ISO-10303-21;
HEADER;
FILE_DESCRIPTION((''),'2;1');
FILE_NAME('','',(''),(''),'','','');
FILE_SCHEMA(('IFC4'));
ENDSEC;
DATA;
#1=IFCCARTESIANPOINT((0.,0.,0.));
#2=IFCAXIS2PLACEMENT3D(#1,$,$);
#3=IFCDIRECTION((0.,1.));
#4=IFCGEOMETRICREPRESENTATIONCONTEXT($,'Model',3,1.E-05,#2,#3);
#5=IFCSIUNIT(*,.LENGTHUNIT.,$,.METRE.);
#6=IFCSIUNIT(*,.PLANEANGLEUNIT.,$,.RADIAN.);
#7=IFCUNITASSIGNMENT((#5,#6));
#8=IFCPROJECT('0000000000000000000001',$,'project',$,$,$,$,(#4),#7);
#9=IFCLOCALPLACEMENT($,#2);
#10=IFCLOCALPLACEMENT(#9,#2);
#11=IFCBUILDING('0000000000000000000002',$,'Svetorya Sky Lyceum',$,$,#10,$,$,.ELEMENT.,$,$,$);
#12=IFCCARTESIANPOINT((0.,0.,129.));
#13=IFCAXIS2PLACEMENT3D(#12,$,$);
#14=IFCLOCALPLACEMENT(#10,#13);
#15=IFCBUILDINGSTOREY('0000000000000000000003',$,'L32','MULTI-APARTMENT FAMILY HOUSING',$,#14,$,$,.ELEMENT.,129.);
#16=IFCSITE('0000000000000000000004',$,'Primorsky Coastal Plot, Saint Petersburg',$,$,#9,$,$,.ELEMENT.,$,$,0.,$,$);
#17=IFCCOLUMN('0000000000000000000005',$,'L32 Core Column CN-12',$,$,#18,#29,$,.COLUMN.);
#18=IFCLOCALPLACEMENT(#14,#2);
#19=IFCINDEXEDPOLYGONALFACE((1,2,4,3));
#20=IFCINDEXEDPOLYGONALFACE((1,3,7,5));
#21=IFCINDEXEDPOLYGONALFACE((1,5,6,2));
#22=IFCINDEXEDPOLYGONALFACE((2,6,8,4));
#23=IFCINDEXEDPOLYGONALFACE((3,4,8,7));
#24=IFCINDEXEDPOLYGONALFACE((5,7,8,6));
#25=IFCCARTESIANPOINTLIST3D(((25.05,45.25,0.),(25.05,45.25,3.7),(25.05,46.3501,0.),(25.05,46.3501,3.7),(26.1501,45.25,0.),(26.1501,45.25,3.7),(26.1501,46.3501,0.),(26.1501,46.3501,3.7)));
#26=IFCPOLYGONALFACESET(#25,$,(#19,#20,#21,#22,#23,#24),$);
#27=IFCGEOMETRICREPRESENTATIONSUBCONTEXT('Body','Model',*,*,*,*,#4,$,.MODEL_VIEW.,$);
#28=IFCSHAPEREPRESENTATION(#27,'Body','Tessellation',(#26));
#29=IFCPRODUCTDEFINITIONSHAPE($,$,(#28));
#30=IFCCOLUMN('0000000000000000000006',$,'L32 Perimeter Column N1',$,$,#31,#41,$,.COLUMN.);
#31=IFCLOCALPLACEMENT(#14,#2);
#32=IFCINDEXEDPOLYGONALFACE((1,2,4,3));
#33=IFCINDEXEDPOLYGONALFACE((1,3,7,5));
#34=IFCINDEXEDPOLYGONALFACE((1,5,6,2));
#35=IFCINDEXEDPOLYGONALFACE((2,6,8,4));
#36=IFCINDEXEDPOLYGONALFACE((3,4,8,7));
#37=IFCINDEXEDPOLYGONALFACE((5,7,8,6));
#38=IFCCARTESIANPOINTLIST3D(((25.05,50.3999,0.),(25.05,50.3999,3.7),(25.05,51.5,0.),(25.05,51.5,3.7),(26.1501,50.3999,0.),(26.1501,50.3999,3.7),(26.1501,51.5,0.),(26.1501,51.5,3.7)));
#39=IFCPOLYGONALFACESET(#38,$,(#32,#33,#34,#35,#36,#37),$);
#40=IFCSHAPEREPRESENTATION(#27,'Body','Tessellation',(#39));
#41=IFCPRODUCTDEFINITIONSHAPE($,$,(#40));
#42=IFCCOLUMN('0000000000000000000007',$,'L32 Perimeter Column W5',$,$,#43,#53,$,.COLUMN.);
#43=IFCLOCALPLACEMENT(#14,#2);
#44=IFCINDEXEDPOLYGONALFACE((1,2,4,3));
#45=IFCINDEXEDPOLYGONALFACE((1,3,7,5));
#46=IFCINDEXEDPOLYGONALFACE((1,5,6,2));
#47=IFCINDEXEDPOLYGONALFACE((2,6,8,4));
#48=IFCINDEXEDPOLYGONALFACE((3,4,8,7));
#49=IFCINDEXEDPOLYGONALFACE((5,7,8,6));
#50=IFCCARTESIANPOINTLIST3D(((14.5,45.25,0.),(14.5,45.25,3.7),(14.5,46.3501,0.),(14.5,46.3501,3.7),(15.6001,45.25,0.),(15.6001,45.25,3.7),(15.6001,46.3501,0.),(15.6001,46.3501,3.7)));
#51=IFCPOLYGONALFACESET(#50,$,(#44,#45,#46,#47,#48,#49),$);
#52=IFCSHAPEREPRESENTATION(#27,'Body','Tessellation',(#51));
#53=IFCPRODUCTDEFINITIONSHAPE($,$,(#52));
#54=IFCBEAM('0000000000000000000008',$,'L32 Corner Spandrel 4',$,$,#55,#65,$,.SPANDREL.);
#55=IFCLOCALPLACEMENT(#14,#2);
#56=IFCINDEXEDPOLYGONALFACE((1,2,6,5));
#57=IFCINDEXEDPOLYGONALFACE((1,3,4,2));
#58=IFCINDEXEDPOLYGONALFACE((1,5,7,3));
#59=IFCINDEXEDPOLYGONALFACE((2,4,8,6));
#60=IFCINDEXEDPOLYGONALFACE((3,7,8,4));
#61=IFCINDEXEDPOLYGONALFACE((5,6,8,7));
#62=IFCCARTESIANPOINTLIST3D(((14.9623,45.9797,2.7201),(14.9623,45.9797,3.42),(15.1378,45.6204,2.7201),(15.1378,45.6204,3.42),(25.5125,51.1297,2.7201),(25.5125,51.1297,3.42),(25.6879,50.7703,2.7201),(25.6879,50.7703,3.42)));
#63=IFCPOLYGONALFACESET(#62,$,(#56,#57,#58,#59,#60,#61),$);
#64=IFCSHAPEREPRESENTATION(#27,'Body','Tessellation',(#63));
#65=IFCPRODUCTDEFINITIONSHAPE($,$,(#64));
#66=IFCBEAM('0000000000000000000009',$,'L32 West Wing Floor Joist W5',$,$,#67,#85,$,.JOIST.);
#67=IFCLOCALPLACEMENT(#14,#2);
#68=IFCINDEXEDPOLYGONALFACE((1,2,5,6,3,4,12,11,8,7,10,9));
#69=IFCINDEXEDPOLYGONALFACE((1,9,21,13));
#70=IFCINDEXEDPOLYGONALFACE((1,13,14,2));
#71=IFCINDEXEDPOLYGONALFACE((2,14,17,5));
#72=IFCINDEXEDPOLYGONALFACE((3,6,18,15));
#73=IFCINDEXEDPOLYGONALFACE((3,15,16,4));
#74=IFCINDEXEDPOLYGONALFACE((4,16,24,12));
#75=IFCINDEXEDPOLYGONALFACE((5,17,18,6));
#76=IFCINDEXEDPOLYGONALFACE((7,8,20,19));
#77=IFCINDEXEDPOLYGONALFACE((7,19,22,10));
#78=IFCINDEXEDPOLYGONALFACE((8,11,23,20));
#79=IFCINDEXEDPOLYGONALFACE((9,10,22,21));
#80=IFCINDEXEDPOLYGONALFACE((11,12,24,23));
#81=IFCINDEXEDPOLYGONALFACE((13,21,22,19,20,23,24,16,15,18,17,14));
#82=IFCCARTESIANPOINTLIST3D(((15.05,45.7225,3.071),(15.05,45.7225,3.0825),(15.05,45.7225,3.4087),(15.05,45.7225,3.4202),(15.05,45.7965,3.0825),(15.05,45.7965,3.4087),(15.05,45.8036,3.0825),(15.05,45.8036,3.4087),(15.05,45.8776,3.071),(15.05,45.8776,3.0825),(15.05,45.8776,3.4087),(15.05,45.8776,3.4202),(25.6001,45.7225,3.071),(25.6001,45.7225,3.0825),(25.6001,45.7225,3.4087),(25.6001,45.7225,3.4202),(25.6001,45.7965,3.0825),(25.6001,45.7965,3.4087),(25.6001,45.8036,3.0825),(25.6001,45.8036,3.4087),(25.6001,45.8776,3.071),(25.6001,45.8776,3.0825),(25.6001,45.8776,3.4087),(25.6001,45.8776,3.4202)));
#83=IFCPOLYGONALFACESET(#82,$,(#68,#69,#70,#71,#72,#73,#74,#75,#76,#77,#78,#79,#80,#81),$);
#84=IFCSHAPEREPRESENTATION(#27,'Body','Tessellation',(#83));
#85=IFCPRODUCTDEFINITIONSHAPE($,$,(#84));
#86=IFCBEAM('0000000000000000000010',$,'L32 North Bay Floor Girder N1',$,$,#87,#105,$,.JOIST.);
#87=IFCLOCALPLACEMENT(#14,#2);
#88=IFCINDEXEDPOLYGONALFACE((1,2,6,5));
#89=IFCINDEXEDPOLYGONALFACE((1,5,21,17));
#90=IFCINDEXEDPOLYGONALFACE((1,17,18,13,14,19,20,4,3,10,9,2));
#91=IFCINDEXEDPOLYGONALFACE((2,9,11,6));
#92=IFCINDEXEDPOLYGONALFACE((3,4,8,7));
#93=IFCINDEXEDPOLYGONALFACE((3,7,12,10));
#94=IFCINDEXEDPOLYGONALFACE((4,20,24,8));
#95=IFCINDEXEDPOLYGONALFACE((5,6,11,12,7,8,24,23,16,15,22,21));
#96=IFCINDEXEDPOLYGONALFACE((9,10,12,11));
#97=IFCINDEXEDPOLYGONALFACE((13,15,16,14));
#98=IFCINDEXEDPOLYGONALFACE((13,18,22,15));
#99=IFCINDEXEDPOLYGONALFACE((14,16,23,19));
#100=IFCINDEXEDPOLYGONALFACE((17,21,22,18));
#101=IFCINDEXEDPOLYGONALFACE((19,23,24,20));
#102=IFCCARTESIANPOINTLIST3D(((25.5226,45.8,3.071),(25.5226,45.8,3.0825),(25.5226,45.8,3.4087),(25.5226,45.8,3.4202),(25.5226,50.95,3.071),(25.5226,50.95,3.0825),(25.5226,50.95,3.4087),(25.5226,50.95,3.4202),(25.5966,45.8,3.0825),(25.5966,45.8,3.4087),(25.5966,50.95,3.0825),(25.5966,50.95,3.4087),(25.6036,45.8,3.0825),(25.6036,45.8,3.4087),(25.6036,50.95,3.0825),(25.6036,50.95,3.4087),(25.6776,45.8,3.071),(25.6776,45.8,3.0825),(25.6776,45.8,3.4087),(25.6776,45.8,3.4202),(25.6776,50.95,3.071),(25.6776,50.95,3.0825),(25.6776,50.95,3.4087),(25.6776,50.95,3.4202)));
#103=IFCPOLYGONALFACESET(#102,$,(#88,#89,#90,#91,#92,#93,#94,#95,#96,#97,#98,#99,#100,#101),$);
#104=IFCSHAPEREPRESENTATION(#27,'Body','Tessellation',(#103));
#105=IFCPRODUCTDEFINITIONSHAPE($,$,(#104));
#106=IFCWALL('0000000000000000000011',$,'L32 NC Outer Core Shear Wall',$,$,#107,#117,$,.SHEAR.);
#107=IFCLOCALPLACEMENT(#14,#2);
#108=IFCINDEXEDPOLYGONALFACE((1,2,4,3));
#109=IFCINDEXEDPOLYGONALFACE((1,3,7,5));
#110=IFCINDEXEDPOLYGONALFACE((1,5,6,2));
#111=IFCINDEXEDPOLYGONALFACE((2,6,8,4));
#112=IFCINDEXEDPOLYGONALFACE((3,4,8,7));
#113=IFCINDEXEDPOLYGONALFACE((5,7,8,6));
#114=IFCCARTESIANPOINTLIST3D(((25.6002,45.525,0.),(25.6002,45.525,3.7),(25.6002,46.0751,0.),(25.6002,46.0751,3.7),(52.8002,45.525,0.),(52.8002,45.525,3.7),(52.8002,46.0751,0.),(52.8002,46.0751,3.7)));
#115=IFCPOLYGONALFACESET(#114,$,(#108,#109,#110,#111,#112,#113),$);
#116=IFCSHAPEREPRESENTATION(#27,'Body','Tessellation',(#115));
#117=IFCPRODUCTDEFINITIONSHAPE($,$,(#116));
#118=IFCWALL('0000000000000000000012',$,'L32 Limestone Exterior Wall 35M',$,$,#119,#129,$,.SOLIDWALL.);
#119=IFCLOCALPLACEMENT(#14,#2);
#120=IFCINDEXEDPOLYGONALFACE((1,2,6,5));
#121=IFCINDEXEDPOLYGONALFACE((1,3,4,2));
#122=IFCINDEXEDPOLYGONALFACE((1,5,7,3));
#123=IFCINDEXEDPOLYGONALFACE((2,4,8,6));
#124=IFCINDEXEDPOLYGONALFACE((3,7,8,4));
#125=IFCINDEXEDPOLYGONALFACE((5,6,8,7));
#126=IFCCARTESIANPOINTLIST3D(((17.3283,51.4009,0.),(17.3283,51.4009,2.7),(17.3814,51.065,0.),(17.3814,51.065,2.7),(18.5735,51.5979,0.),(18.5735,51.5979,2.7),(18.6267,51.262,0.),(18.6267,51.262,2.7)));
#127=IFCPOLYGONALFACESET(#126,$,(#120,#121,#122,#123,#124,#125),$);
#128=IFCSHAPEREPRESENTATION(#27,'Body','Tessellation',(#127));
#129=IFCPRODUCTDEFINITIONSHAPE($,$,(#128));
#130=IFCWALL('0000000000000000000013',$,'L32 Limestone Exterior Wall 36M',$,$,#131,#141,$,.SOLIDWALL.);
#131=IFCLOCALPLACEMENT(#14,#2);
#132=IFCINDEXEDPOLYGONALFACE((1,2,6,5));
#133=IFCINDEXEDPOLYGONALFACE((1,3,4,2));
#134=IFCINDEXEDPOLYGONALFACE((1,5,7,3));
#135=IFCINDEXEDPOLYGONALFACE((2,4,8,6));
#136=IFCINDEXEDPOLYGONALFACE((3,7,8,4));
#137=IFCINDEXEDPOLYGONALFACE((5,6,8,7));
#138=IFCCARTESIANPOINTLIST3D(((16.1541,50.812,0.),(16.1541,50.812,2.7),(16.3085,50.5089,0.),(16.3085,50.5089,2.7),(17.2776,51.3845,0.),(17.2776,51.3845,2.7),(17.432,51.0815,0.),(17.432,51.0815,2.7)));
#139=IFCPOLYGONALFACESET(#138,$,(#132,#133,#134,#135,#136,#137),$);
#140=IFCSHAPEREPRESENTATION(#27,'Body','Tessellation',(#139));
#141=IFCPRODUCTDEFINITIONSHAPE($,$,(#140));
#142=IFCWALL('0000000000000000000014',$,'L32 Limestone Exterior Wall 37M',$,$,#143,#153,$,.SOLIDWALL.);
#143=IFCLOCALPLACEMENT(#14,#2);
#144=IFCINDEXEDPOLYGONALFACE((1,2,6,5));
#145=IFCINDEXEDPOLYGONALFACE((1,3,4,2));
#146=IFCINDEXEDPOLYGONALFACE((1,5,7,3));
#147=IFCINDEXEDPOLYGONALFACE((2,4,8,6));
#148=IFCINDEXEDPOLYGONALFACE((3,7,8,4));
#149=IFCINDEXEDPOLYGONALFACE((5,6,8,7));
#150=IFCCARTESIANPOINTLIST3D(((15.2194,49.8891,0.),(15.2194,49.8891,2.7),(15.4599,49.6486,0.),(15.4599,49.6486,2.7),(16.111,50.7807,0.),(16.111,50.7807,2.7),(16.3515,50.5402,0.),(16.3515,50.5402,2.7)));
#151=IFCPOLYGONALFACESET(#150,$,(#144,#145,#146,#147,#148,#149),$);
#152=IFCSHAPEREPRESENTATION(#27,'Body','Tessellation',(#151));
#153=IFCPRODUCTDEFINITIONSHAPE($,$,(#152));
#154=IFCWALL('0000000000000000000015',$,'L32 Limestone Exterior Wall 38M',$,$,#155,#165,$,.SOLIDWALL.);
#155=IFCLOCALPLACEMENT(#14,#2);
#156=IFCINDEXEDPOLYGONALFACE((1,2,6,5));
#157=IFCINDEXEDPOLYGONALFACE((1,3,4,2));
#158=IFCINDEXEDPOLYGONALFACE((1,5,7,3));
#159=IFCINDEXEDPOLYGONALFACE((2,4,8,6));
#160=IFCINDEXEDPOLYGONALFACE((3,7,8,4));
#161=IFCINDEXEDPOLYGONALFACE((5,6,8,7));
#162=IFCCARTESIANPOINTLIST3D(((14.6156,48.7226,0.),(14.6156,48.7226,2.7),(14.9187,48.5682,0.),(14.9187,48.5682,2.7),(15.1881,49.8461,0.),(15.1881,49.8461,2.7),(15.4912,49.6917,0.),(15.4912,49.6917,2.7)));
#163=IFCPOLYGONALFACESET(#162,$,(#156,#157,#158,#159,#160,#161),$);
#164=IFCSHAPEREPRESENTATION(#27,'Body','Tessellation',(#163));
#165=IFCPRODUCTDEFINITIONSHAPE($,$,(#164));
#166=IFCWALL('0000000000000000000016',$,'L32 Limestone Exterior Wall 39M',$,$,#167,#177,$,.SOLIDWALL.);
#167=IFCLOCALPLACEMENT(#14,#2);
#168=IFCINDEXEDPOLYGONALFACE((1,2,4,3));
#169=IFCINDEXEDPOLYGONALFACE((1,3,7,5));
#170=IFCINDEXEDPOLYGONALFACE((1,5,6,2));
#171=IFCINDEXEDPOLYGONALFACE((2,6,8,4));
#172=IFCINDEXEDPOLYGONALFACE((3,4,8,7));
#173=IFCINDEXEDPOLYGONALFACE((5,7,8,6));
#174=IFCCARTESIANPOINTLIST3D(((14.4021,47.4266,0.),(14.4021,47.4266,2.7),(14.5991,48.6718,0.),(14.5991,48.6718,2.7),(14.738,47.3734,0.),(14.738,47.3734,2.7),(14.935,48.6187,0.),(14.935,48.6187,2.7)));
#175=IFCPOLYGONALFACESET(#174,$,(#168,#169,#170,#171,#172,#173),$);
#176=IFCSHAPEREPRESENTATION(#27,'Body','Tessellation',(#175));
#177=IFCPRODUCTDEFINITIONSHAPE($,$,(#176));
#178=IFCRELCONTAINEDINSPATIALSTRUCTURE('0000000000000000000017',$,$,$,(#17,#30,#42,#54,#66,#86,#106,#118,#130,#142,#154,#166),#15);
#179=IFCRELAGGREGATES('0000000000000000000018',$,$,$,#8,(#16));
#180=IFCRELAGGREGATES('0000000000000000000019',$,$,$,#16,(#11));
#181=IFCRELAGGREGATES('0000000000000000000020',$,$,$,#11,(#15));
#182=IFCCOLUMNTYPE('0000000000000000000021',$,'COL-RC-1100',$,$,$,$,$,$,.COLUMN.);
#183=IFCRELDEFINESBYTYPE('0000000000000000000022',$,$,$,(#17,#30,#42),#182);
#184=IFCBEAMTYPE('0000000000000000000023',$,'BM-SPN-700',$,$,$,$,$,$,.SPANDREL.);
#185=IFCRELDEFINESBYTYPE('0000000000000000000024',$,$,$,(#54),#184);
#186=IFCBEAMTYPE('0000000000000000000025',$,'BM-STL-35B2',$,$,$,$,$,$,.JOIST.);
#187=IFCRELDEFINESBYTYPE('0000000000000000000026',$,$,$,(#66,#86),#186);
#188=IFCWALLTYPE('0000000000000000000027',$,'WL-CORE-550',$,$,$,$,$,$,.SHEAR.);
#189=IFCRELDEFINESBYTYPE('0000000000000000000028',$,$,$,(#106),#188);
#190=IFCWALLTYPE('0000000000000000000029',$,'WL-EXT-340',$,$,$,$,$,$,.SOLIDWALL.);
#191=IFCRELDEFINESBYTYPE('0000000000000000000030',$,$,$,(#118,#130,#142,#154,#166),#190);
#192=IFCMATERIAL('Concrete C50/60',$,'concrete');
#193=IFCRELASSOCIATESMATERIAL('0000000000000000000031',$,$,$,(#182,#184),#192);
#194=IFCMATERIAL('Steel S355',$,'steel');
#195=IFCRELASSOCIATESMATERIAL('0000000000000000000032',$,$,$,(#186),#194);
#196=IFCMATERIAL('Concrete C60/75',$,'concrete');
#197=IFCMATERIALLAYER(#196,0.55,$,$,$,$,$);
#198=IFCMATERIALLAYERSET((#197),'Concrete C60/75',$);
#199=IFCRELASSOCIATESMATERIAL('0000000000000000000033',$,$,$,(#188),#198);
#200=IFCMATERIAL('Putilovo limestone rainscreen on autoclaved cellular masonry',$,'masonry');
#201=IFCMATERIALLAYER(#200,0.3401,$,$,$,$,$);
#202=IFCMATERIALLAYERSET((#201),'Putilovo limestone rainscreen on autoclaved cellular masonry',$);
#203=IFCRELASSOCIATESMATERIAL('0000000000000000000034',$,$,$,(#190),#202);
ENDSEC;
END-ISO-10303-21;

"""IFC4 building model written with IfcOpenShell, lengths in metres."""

from ifc_helpers import new_model, si_unit, direction, frame, frame_2d, origin, origin_2d, place, context, subcontext, project, spatial, rectangle, i_section, extrude, material, layer, layer_set, material_profile, profile_set, type_object, element, save


model = new_model("IFC4")

# Units and contexts
model_context = context("Model", 3, precision=1e-05, world=origin(), true_north=direction((0.0, 1.0)))
body_context = subcontext(model_context, "Body", "Model", "MODEL_VIEW")
ifc_project = project(units=[si_unit("LENGTHUNIT", "METRE"), si_unit("PLANEANGLEUNIT", "RADIAN")], contexts=[model_context])

# Site, building, storey
site_placement = place(None, origin())
site = spatial("IfcSite", under=ifc_project, at=site_placement, Name="Primorsky Coastal Plot, Saint Petersburg", CompositionType="ELEMENT", RefElevation=0.0)
building_placement = place(site_placement, origin())
building = spatial("IfcBuilding", under=site, at=building_placement, Name="Svetorya Sky Lyceum", CompositionType="ELEMENT")
storey_placement = place(building_placement, frame((0.0, 0.0, 129.0)))
storey = spatial("IfcBuildingStorey", under=building, at=storey_placement, Name="L32", Description="MULTI-APARTMENT FAMILY HOUSING", CompositionType="ELEMENT", Elevation=129.0)

# Columns
ifc_material_1 = material(Name="Concrete C50/60", Category="concrete")
ifc_material_profile_1 = material_profile(ifc_material_1, rectangle(XDim=1.1001, YDim=1.1001, at=origin_2d()), Name="RC COL 1100x1100")
ifc_profile_set_1 = profile_set([ifc_material_profile_1], Name="Concrete C50/60")
column_type = type_object("IfcColumnType", Name="COL-RC-1100", PredefinedType="COLUMN", material=ifc_profile_set_1)
for number, where, z_axis, x_axis, name in (
    (1, (25.6001, 45.8, 0.0), (0.0, 0.0, 1.0), (1.0, 0.0, 0.0), "L32 Core Column CN-12"),
    (2, (25.6001, 50.95, 0.0), (0.0, 0.0, 1.0), (1.0, 0.0, 0.0), "L32 Perimeter Column N1"),
    (3, (15.05, 45.8, 0.0), (0.0, 0.0, 1.0), (1.0, 0.0, 0.0), "L32 Perimeter Column W5"),
):
    element("IfcColumn", number, at=place(storey_placement, frame(where, z_axis=z_axis, x_axis=x_axis)), inside=storey, type_object=column_type, Name=name, PredefinedType="COLUMN", context=body_context, shape_type="SweptSolid", body=[
        extrude(rectangle(XDim=1.1001, YDim=1.1001, at=origin_2d()), origin(), (0.0, 0.0, 1.0), 3.7),
    ])

# Beams
ifc_material_profile_2 = material_profile(ifc_material_1, rectangle(XDim=0.3999, YDim=0.7, at=origin_2d()), Name="RC SPANDREL 400x700")
ifc_profile_set_2 = profile_set([ifc_material_profile_2], Name="Concrete C50/60")
beam_type_1 = type_object("IfcBeamType", Name="BM-SPN-700", PredefinedType="SPANDREL", material=ifc_profile_set_2)
beam_1_placement = place(storey_placement, frame((15.05, 45.8, 3.0701), z_axis=(0.89865, 0.438667, 0.0), x_axis=(-0.438667, 0.89865, 0.0)))
element("IfcBeam", 4, at=beam_1_placement, inside=storey, type_object=beam_type_1, Name="L32 Corner Spandrel 4", PredefinedType="SPANDREL", context=body_context, shape_type="SweptSolid", body=[
    extrude(rectangle(XDim=0.3999, YDim=0.7, at=origin_2d()), origin(), (0.0, 0.0, 1.0), 11.74),
])
ifc_material_2 = material(Name="Steel S355", Category="steel")
ifc_material_profile_3 = material_profile(ifc_material_2, i_section(OverallWidth=0.155, OverallDepth=0.3491, WebThickness=0.0071, FlangeThickness=0.0115, at=origin_2d()), Name="GOST 35B2")
ifc_profile_set_3 = profile_set([ifc_material_profile_3], Name="Steel S355")
beam_type_2 = type_object("IfcBeamType", Name="BM-STL-35B2", PredefinedType="JOIST", material=ifc_profile_set_3)
beam_2_placement = place(storey_placement, frame((15.05, 45.8, 3.2456), z_axis=(1.0, 0.0, 0.0), x_axis=(0.0, 1.0, 0.0)))
element("IfcBeam", 5, at=beam_2_placement, inside=storey, type_object=beam_type_2, Name="L32 West Wing Floor Joist W5", PredefinedType="JOIST", context=body_context, shape_type="SweptSolid", body=[
    extrude(i_section(OverallWidth=0.155, OverallDepth=0.3491, WebThickness=0.0071, FlangeThickness=0.0115, at=origin_2d()), origin(), (0.0, 0.0, 1.0), 10.55),
])
beam_3_placement = place(storey_placement, frame((25.6001, 45.8, 3.2456), z_axis=(0.0, 1.0, 0.0), x_axis=(-1.0, 0.0, 0.0)))
element("IfcBeam", 6, at=beam_3_placement, inside=storey, type_object=beam_type_2, Name="L32 North Bay Floor Girder N1", PredefinedType="JOIST", context=body_context, shape_type="SweptSolid", body=[
    extrude(i_section(OverallWidth=0.155, OverallDepth=0.3491, WebThickness=0.0071, FlangeThickness=0.0115, at=origin_2d()), origin(), (0.0, 0.0, 1.0), 5.1499),
])

# Walls
ifc_material_3 = material(Name="Concrete C60/75", Category="concrete")
ifc_layer_1 = layer(ifc_material_3, 0.55)
ifc_layer_set_1 = layer_set([ifc_layer_1], Name="Concrete C60/75")
wall_type_1 = type_object("IfcWallType", Name="WL-CORE-550", PredefinedType="SHEAR", material=ifc_layer_set_1)
wall_1_placement = place(storey_placement, frame((25.6001, 45.8, 0.0), z_axis=(0.0, 0.0, 1.0), x_axis=(1.0, 0.0, 0.0)))
element("IfcWall", 7, at=wall_1_placement, inside=storey, type_object=wall_type_1, Name="L32 NC Outer Core Shear Wall", PredefinedType="SHEAR", context=body_context, shape_type="SweptSolid", body=[
    extrude(rectangle(XDim=27.2, YDim=0.55, at=frame_2d((13.6001, 0.0))), origin(), (0.0, 0.0, 1.0), 3.7),
])
ifc_material_4 = material(Name="Putilovo limestone rainscreen on autoclaved cellular masonry", Category="masonry")
ifc_layer_2 = layer(ifc_material_4, 0.3401)
ifc_layer_set_2 = layer_set([ifc_layer_2], Name="Putilovo limestone rainscreen on autoclaved cellular masonry")
wall_type_2 = type_object("IfcWallType", Name="WL-EXT-340", PredefinedType="SOLIDWALL", material=ifc_layer_set_2)
wall_2_placement = place(storey_placement, frame((18.6001, 51.4299, 0.0), z_axis=(0.0, 0.0, 1.0), x_axis=(-0.987716, -0.156261, 0.0)))
element("IfcWall", 8, at=wall_2_placement, inside=storey, type_object=wall_type_2, Name="L32 Limestone Exterior Wall 35M", PredefinedType="SOLIDWALL", context=body_context, shape_type="SweptSolid", body=[
    extrude(rectangle(XDim=1.2607, YDim=0.3401, at=frame_2d((0.6304, 0.0))), origin(), (0.0, 0.0, 1.0), 2.7),
])
for number, where, z_axis, x_axis, name in (
    (9, (17.3547, 51.2329, 0.0), (0.0, 0.0, 1.0), (-0.890994, -0.454016, 0.0), "L32 Limestone Exterior Wall 36M"),
    (10, (16.2312, 50.6604, 0.0), (0.0, 0.0, 1.0), (-0.707107, -0.707107, 0.0), "L32 Limestone Exterior Wall 37M"),
    (11, (15.3396, 49.7688, 0.0), (0.0, 0.0, 1.0), (-0.454016, -0.890994, 0.0), "L32 Limestone Exterior Wall 38M"),
):
    element("IfcWall", number, at=place(storey_placement, frame(where, z_axis=z_axis, x_axis=x_axis)), inside=storey, type_object=wall_type_2, Name=name, PredefinedType="SOLIDWALL", context=body_context, shape_type="SweptSolid", body=[
        extrude(rectangle(XDim=1.261, YDim=0.3401, at=frame_2d((0.6304, 0.0))), origin(), (0.0, 0.0, 1.0), 2.7),
    ])
wall_3_placement = place(storey_placement, frame((14.7671, 48.6453, 0.0), z_axis=(0.0, 0.0, 1.0), x_axis=(-0.156261, -0.987716, 0.0)))
element("IfcWall", 12, at=wall_3_placement, inside=storey, type_object=wall_type_2, Name="L32 Limestone Exterior Wall 39M", PredefinedType="SOLIDWALL", context=body_context, shape_type="SweptSolid", body=[
    extrude(rectangle(XDim=1.2607, YDim=0.3401, at=frame_2d((0.6304, 0.0))), origin(), (0.0, 0.0, 1.0), 2.7),
])

save(model, "model.ifc")
